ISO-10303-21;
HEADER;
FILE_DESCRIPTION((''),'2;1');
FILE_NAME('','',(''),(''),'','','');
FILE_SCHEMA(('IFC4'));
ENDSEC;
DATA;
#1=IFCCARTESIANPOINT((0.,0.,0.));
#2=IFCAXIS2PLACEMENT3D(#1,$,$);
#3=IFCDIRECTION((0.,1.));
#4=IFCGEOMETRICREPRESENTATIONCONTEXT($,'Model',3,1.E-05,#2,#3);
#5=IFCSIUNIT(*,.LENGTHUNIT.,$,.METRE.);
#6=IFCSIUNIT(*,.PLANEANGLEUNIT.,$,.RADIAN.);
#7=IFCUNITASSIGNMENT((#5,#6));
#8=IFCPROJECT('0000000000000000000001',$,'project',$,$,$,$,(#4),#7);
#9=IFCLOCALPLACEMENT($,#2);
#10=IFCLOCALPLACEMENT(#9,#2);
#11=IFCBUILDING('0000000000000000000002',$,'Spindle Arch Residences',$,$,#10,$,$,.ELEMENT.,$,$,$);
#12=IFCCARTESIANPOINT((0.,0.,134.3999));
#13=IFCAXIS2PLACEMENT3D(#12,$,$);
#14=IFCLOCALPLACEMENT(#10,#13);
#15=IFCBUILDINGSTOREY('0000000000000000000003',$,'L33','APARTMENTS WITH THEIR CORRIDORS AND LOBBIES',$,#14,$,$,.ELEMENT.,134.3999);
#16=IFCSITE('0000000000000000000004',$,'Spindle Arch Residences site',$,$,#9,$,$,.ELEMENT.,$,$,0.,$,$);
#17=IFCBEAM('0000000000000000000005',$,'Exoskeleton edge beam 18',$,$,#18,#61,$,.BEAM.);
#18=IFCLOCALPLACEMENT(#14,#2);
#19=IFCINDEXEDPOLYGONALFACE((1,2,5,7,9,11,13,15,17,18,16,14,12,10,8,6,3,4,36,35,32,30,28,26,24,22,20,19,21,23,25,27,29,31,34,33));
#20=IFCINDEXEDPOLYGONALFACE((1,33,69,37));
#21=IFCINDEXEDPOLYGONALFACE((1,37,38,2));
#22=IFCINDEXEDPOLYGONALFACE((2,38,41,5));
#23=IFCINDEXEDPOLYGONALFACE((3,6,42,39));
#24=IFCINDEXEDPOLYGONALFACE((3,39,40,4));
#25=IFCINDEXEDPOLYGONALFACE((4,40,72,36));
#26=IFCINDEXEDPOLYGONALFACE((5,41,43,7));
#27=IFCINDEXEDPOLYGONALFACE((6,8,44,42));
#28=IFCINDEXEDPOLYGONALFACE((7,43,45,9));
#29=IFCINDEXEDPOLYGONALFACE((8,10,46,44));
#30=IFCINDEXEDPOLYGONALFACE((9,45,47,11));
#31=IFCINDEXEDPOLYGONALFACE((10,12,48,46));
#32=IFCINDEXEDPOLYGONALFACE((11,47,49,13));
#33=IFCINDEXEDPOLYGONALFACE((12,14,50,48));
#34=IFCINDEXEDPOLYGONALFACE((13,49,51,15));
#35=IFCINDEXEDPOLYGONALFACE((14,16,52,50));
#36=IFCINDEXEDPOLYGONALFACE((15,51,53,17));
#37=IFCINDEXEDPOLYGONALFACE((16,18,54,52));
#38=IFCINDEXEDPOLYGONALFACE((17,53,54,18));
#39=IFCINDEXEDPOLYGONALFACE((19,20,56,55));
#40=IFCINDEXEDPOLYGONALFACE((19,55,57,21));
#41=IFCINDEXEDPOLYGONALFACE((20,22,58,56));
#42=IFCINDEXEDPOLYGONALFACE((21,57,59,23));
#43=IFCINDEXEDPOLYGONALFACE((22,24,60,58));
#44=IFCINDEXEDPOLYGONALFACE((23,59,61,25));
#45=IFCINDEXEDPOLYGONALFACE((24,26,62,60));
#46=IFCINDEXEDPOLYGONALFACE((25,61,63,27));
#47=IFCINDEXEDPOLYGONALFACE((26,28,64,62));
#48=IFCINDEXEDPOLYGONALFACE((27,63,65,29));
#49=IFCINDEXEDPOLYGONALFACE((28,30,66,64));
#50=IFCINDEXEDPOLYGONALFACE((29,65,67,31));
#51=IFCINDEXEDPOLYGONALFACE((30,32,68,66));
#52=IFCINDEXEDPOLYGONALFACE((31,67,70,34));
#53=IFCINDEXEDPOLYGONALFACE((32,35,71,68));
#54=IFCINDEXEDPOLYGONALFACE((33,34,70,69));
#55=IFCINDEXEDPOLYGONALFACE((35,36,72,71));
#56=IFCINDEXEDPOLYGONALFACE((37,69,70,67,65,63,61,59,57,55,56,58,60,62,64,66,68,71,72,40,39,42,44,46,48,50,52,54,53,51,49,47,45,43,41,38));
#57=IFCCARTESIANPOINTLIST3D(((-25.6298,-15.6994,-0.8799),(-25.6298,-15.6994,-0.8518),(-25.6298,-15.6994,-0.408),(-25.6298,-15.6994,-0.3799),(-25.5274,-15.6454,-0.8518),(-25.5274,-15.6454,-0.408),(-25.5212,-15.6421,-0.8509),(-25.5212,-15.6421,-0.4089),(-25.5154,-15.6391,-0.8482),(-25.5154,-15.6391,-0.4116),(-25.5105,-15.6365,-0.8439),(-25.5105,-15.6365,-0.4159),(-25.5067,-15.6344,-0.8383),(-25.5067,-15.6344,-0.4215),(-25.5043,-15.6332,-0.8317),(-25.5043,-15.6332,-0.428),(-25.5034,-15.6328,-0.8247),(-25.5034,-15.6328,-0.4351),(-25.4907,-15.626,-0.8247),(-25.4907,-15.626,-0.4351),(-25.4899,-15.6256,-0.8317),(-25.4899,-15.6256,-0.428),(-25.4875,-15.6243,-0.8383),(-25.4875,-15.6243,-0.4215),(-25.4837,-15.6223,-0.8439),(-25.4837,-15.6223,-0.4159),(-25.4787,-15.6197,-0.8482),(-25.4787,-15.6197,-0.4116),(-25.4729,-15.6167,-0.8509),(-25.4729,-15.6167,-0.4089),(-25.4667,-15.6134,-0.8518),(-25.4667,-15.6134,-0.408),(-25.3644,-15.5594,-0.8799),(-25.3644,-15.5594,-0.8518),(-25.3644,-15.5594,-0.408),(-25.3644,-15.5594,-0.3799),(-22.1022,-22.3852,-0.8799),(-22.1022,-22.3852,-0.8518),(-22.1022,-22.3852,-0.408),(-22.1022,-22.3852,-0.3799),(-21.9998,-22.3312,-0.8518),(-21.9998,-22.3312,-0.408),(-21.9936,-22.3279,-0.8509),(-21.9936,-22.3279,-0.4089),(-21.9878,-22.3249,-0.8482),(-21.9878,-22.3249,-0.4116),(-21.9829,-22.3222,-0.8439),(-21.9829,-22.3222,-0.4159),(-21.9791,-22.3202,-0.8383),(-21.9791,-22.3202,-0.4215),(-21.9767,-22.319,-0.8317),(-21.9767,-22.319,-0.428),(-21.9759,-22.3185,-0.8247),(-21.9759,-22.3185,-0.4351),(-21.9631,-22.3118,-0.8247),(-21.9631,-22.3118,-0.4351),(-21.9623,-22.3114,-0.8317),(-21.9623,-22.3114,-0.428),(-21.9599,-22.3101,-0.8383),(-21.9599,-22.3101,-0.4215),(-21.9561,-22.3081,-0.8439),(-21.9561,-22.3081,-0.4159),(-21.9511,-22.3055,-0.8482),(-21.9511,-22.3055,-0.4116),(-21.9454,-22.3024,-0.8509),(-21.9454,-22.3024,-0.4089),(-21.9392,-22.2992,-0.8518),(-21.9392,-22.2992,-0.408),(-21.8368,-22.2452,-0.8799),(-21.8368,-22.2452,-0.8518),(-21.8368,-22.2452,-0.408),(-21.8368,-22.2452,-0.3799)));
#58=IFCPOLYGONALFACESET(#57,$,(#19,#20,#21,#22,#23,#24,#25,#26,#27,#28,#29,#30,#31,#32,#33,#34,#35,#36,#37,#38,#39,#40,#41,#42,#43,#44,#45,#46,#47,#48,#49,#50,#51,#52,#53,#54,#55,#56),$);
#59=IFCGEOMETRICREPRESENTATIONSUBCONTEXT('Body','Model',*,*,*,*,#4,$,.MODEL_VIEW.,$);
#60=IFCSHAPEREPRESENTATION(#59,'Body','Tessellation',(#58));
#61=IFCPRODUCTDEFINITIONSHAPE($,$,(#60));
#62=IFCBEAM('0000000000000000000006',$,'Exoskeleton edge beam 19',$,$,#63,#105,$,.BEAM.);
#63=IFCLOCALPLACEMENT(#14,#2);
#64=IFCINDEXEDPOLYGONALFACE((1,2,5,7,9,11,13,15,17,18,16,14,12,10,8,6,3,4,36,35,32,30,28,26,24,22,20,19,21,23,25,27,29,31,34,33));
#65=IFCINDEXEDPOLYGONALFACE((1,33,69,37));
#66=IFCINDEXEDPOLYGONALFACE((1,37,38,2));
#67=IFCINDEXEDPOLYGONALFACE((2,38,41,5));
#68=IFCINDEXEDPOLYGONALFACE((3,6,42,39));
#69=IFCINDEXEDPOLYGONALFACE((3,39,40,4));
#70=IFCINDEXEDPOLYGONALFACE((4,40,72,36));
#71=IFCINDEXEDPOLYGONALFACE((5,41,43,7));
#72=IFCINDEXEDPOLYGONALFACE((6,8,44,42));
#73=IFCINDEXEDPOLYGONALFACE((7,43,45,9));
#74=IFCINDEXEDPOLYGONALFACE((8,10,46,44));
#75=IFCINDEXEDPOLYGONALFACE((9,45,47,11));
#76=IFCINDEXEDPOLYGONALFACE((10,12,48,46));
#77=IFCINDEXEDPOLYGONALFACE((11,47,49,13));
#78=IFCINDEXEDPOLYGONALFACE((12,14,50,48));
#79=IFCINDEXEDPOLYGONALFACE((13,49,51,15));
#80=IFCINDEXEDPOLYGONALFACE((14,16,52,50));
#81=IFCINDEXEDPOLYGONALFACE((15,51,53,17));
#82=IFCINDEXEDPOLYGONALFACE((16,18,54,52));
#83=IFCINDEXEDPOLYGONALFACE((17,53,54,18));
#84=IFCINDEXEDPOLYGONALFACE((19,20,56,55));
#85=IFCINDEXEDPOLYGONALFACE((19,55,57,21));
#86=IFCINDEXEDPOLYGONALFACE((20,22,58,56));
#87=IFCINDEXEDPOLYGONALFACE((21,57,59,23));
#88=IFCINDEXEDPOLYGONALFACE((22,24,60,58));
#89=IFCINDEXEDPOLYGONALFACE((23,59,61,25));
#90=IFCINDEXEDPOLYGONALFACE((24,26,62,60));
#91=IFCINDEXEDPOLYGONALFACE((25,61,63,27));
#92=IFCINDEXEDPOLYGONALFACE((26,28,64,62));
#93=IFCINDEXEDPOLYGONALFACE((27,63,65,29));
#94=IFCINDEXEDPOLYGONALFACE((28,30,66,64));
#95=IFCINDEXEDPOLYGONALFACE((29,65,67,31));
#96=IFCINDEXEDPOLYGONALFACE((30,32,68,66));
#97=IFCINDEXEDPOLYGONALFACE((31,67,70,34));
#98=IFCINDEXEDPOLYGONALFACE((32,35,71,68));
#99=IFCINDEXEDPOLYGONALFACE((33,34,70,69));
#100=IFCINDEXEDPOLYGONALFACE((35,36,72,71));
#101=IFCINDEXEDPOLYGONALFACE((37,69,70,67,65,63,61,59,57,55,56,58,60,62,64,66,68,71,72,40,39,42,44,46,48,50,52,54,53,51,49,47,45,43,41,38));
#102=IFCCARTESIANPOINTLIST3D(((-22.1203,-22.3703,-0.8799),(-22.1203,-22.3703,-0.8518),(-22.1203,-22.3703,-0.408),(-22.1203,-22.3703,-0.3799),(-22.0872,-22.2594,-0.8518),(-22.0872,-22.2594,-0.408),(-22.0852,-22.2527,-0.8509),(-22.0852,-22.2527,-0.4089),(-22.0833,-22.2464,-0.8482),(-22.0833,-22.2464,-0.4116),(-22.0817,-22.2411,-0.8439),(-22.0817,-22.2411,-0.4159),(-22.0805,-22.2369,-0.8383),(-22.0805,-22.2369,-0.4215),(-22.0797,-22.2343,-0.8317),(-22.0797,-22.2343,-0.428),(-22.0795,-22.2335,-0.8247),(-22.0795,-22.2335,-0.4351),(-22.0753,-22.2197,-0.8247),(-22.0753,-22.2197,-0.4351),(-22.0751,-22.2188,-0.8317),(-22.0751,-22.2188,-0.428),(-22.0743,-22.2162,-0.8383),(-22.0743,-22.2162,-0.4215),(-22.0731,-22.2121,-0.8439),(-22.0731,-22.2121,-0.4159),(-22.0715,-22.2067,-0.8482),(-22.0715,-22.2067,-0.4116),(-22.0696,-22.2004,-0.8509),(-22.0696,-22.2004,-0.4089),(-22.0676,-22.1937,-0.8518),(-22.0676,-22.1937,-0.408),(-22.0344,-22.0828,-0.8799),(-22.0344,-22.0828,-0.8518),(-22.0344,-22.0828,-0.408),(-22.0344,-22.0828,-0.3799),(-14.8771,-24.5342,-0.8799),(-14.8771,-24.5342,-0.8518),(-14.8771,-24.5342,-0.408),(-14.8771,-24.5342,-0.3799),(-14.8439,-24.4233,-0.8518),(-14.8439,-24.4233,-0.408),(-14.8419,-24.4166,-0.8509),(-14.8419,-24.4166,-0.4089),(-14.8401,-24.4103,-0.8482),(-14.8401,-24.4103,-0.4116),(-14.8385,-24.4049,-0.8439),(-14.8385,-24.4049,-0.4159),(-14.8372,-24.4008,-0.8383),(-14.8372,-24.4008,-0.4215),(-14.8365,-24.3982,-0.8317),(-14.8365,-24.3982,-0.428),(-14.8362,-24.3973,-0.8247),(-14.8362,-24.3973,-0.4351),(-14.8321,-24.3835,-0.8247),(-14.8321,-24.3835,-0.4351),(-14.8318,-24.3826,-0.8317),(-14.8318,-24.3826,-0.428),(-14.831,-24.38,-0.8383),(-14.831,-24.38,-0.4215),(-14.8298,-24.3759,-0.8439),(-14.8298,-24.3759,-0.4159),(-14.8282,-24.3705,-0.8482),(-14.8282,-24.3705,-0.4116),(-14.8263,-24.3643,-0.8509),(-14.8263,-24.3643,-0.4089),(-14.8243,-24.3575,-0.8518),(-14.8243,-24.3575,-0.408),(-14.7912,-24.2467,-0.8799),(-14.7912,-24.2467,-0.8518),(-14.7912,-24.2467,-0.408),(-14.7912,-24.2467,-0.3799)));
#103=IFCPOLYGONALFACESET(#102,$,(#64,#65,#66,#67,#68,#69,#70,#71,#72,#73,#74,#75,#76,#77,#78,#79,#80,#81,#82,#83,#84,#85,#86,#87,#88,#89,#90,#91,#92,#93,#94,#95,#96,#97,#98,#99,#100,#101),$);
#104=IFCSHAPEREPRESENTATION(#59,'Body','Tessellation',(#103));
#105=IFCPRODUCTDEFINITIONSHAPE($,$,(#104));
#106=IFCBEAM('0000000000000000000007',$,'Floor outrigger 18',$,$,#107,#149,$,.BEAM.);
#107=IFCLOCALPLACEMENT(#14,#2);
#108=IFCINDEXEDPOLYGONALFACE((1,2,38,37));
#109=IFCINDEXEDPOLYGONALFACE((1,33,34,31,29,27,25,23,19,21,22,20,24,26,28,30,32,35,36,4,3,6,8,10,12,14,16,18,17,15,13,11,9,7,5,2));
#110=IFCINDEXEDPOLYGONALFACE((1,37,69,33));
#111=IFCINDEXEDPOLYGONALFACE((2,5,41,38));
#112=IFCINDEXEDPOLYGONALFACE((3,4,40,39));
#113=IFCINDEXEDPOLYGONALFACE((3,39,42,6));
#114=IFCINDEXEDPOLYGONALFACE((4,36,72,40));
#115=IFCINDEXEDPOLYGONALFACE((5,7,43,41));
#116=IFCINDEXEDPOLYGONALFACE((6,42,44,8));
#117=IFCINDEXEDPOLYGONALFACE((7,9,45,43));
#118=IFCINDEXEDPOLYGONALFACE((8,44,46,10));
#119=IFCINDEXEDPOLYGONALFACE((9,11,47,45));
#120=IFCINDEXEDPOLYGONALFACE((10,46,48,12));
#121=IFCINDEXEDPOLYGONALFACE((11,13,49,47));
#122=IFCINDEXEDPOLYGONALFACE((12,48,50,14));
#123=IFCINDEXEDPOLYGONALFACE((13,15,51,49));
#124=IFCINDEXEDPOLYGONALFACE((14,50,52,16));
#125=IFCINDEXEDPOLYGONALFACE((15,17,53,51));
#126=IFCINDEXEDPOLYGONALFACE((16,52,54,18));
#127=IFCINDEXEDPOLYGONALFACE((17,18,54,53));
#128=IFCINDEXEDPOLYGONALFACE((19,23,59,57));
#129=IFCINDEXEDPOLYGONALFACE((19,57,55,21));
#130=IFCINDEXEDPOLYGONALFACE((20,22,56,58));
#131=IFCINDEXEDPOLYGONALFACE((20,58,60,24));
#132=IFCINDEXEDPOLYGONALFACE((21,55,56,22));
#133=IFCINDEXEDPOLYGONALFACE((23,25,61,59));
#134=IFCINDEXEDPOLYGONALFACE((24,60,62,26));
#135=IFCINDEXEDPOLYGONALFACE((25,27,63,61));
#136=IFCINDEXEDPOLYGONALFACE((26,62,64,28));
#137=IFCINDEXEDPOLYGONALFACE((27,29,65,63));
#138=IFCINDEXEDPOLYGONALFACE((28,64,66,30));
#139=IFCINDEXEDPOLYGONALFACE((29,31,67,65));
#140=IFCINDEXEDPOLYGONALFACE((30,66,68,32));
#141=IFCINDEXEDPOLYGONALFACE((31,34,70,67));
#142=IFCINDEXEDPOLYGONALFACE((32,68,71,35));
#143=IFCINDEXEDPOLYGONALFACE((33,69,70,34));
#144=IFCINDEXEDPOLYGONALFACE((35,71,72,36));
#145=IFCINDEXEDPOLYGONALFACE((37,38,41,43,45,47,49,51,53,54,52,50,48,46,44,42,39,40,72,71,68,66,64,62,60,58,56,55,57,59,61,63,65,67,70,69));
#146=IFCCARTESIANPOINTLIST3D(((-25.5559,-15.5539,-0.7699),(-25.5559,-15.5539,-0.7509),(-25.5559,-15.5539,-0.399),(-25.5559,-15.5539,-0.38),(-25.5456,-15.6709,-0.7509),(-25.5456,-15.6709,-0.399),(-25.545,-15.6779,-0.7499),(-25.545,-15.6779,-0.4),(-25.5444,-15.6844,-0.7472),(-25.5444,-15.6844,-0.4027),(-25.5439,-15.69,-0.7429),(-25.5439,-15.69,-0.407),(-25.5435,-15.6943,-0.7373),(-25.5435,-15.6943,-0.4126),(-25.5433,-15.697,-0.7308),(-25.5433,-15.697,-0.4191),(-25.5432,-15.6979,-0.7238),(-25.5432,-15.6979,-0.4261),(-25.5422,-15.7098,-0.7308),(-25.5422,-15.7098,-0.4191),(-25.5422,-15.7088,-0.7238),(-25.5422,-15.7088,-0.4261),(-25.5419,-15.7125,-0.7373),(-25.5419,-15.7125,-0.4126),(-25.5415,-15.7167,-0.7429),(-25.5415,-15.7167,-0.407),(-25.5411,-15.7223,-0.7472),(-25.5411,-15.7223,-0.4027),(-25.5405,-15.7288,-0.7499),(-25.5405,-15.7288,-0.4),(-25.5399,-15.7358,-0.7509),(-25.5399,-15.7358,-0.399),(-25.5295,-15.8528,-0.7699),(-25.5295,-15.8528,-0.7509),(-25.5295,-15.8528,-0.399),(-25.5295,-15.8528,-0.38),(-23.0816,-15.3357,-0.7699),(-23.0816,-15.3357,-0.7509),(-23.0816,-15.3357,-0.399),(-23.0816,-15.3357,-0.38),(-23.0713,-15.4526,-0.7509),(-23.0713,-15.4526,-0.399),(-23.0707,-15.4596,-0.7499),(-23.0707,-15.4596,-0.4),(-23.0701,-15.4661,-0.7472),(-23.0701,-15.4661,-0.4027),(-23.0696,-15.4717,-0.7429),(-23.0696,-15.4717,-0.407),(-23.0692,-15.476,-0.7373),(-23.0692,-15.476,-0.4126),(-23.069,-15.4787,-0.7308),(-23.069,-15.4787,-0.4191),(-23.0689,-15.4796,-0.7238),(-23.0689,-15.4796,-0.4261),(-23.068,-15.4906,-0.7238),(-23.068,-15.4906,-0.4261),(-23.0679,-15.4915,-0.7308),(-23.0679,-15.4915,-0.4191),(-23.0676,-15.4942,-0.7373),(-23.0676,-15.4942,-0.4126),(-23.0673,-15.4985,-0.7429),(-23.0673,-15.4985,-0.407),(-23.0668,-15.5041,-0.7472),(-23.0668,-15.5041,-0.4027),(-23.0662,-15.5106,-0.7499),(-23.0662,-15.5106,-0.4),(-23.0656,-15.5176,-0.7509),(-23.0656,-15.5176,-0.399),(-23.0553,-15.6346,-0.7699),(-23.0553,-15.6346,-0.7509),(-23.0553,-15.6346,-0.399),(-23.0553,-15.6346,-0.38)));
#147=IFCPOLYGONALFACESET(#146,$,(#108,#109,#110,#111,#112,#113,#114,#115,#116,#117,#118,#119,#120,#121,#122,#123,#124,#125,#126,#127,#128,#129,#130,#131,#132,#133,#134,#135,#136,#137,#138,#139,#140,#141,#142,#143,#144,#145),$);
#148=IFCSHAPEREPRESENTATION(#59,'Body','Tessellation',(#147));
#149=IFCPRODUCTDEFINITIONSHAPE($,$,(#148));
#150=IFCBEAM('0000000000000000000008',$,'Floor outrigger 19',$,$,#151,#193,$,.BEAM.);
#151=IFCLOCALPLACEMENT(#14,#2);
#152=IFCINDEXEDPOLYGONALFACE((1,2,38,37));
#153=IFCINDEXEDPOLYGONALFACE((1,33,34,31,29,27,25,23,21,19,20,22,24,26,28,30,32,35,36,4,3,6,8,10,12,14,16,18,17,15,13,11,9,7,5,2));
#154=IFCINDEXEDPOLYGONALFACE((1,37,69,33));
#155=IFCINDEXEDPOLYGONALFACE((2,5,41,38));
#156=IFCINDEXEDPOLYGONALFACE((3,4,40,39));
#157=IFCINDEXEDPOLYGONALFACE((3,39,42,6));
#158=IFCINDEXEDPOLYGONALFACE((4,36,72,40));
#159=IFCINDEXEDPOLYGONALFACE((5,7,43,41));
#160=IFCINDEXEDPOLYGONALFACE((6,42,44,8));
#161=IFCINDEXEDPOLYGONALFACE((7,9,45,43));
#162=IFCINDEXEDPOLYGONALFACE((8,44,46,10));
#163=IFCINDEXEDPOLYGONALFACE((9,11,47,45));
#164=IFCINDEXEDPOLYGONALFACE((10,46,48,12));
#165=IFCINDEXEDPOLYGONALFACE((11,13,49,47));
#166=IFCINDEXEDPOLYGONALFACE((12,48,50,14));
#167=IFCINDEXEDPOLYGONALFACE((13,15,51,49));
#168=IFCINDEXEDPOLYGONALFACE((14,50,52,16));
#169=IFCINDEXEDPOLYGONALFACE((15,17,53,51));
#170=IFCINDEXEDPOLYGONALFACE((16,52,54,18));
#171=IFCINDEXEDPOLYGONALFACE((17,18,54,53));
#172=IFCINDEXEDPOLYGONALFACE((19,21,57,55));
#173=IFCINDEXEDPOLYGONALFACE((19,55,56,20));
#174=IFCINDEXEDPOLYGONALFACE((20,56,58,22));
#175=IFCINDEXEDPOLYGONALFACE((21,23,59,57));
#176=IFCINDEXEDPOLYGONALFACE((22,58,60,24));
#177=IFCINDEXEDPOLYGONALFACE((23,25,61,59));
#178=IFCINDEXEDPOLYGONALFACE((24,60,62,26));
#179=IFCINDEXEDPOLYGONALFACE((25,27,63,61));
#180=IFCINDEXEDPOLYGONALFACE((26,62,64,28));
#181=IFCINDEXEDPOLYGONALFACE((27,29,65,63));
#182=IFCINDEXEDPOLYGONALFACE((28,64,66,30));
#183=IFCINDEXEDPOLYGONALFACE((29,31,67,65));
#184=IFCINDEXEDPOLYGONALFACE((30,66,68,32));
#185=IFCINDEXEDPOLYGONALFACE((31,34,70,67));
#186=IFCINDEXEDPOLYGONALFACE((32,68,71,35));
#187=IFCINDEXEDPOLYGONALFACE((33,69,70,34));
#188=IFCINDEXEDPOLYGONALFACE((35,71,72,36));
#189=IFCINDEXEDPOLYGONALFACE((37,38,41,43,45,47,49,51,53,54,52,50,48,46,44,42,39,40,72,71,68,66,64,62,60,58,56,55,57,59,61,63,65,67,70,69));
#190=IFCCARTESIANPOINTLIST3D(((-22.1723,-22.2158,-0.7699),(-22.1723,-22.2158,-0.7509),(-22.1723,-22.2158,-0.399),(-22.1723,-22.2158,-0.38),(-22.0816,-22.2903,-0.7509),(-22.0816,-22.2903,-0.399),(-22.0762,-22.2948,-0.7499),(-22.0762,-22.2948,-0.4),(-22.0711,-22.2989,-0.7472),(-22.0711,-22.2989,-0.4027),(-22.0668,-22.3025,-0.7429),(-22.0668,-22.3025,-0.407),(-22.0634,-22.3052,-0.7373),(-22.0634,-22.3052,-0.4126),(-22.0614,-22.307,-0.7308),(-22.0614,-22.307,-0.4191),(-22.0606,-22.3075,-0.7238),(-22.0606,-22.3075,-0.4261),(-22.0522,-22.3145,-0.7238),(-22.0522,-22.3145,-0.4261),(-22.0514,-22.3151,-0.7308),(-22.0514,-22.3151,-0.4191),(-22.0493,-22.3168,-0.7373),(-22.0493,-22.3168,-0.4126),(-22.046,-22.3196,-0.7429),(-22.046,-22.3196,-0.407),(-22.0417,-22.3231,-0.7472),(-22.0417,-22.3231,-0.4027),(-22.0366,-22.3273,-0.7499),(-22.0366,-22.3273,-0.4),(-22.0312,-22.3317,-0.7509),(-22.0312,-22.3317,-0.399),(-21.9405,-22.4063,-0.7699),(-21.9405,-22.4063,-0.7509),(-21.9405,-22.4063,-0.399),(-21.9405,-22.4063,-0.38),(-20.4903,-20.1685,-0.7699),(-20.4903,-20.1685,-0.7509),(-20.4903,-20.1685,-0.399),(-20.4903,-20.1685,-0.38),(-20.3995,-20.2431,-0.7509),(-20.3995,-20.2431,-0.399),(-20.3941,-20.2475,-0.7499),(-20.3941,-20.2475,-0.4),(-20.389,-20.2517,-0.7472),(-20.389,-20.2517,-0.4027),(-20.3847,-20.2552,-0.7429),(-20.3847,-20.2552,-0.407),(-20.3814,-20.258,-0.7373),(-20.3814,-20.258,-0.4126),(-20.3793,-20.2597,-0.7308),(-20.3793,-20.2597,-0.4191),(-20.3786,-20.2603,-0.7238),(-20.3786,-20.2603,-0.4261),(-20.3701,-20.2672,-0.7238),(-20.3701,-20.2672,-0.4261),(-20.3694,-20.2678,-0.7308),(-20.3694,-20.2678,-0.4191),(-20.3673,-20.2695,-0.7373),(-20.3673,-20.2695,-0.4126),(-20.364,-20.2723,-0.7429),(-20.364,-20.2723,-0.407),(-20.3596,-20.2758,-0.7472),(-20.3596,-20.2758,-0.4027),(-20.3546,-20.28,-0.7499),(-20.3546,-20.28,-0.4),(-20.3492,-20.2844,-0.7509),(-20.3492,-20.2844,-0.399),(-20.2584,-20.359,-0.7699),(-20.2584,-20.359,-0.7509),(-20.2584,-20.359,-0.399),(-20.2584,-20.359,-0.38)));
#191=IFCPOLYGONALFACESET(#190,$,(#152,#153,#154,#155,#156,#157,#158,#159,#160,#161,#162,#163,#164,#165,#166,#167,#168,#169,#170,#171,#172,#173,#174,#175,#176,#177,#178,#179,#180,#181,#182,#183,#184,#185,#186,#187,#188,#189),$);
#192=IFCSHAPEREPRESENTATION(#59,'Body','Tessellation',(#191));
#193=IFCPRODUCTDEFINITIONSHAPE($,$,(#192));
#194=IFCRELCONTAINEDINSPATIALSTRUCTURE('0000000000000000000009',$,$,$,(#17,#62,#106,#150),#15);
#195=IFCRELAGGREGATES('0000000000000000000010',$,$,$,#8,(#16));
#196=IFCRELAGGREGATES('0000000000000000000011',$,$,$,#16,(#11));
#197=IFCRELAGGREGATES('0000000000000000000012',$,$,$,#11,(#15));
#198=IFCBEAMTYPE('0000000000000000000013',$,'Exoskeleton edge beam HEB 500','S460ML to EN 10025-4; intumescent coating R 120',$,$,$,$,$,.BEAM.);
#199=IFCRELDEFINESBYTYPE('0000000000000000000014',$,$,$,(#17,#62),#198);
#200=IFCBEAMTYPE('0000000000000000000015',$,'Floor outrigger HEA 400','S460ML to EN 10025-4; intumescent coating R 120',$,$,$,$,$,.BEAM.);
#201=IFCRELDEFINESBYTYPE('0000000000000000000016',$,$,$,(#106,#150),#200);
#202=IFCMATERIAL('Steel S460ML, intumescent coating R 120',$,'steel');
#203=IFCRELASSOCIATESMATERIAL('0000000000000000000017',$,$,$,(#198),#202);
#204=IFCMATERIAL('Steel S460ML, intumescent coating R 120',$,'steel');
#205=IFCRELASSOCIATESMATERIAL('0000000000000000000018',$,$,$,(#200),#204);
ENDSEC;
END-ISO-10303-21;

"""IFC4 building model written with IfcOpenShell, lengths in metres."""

from ifc_helpers import new_model, si_unit, direction, frame, origin, origin_2d, place, context, subcontext, project, spatial, i_section, extrude, material, material_profile, profile_set, type_object, element, save


model = new_model("IFC4")

# Units and contexts
model_context = context("Model", 3, precision=1e-05, world=origin(), true_north=direction((0.0, 1.0)))
body_context = subcontext(model_context, "Body", "Model", "MODEL_VIEW")
ifc_project = project(units=[si_unit("LENGTHUNIT", "METRE"), si_unit("PLANEANGLEUNIT", "RADIAN")], contexts=[model_context])

# Site, building, storey
site_placement = place(None, origin())
site = spatial("IfcSite", under=ifc_project, at=site_placement, Name="Spindle Arch Residences site", CompositionType="ELEMENT", RefElevation=0.0)
building_placement = place(site_placement, origin())
building = spatial("IfcBuilding", under=site, at=building_placement, Name="Spindle Arch Residences", CompositionType="ELEMENT")
storey_placement = place(building_placement, frame((0.0, 0.0, 134.3999)))
storey = spatial("IfcBuildingStorey", under=building, at=storey_placement, Name="L33", Description="APARTMENTS WITH THEIR CORRIDORS AND LOBBIES", CompositionType="ELEMENT", Elevation=134.3999)

# Beams
ifc_material_1 = material(Name="Steel S460ML, intumescent coating R 120", Category="steel")
ifc_material_profile_1 = material_profile(ifc_material_1, i_section(OverallWidth=0.3, OverallDepth=0.5, WebThickness=0.0144, FlangeThickness=0.0281, FilletRadius=0.0271, at=origin_2d()), Name="HEB 500")
ifc_profile_set_1 = profile_set([ifc_material_profile_1], Name="Steel S460ML, intumescent coating R 120")
beam_type_1 = type_object("IfcBeamType", Name="Exoskeleton edge beam HEB 500", Description="S460ML to EN 10025-4; intumescent coating R 120", PredefinedType="BEAM", material=ifc_profile_set_1)
beam_1_placement = place(storey_placement, frame((-25.4971, -15.6294, -0.6299), z_axis=(0.466653, -0.884441, 0.0), x_axis=(0.884441, 0.466653, 0.0)))
element("IfcBeam", 1, at=beam_1_placement, inside=storey, type_object=beam_type_1, Name="Exoskeleton edge beam 18", PredefinedType="BEAM", context=body_context, shape_type="SweptSolid", body=[
    extrude(i_section(OverallWidth=0.3, OverallDepth=0.5, WebThickness=0.0144, FlangeThickness=0.0281, FilletRadius=0.0271, at=origin_2d()), origin(), (0.0, 0.0, 1.0), 7.5593),
])
beam_2_placement = place(storey_placement, frame((-22.0774, -22.2266, -0.6299), z_axis=(0.958158, -0.28624, 0.0), x_axis=(0.28624, 0.958158, 0.0)))
element("IfcBeam", 2, at=beam_2_placement, inside=storey, type_object=beam_type_1, Name="Exoskeleton edge beam 19", PredefinedType="BEAM", context=body_context, shape_type="SweptSolid", body=[
    extrude(i_section(OverallWidth=0.3, OverallDepth=0.5, WebThickness=0.0144, FlangeThickness=0.0281, FilletRadius=0.0271, at=origin_2d()), origin(), (0.0, 0.0, 1.0), 7.5596),
])
ifc_material_2 = material(Name="Steel S460ML, intumescent coating R 120", Category="steel")
ifc_material_profile_2 = material_profile(ifc_material_2, i_section(OverallWidth=0.3, OverallDepth=0.3899, WebThickness=0.011, FlangeThickness=0.019, FilletRadius=0.0271, at=origin_2d()), Name="HEA 400")
ifc_profile_set_2 = profile_set([ifc_material_profile_2], Name="Steel S460ML, intumescent coating R 120")
beam_type_2 = type_object("IfcBeamType", Name="Floor outrigger HEA 400", Description="S460ML to EN 10025-4; intumescent coating R 120", PredefinedType="BEAM", material=ifc_profile_set_2)
beam_3_placement = place(storey_placement, frame((-25.5427, -15.7034, -0.575), z_axis=(0.996132, 0.087868, 0.0), x_axis=(-0.087868, 0.996132, 0.0)))
element("IfcBeam", 3, at=beam_3_placement, inside=storey, type_object=beam_type_2, Name="Floor outrigger 18", PredefinedType="BEAM", context=body_context, shape_type="SweptSolid", body=[
    extrude(i_section(OverallWidth=0.3, OverallDepth=0.3899, WebThickness=0.011, FlangeThickness=0.019, FilletRadius=0.0271, at=origin_2d()), origin(), (0.0, 0.0, 1.0), 2.4839),
])
beam_4_placement = place(storey_placement, frame((-22.0564, -22.311, -0.575), z_axis=(0.634822, 0.772658, 0.0), x_axis=(-0.772658, 0.634822, 0.0)))
element("IfcBeam", 4, at=beam_4_placement, inside=storey, type_object=beam_type_2, Name="Floor outrigger 19", PredefinedType="BEAM", context=body_context, shape_type="SweptSolid", body=[
    extrude(i_section(OverallWidth=0.3, OverallDepth=0.3899, WebThickness=0.011, FlangeThickness=0.019, FilletRadius=0.0271, at=origin_2d()), origin(), (0.0, 0.0, 1.0), 2.6497),
])

save(model, "model.ifc")
